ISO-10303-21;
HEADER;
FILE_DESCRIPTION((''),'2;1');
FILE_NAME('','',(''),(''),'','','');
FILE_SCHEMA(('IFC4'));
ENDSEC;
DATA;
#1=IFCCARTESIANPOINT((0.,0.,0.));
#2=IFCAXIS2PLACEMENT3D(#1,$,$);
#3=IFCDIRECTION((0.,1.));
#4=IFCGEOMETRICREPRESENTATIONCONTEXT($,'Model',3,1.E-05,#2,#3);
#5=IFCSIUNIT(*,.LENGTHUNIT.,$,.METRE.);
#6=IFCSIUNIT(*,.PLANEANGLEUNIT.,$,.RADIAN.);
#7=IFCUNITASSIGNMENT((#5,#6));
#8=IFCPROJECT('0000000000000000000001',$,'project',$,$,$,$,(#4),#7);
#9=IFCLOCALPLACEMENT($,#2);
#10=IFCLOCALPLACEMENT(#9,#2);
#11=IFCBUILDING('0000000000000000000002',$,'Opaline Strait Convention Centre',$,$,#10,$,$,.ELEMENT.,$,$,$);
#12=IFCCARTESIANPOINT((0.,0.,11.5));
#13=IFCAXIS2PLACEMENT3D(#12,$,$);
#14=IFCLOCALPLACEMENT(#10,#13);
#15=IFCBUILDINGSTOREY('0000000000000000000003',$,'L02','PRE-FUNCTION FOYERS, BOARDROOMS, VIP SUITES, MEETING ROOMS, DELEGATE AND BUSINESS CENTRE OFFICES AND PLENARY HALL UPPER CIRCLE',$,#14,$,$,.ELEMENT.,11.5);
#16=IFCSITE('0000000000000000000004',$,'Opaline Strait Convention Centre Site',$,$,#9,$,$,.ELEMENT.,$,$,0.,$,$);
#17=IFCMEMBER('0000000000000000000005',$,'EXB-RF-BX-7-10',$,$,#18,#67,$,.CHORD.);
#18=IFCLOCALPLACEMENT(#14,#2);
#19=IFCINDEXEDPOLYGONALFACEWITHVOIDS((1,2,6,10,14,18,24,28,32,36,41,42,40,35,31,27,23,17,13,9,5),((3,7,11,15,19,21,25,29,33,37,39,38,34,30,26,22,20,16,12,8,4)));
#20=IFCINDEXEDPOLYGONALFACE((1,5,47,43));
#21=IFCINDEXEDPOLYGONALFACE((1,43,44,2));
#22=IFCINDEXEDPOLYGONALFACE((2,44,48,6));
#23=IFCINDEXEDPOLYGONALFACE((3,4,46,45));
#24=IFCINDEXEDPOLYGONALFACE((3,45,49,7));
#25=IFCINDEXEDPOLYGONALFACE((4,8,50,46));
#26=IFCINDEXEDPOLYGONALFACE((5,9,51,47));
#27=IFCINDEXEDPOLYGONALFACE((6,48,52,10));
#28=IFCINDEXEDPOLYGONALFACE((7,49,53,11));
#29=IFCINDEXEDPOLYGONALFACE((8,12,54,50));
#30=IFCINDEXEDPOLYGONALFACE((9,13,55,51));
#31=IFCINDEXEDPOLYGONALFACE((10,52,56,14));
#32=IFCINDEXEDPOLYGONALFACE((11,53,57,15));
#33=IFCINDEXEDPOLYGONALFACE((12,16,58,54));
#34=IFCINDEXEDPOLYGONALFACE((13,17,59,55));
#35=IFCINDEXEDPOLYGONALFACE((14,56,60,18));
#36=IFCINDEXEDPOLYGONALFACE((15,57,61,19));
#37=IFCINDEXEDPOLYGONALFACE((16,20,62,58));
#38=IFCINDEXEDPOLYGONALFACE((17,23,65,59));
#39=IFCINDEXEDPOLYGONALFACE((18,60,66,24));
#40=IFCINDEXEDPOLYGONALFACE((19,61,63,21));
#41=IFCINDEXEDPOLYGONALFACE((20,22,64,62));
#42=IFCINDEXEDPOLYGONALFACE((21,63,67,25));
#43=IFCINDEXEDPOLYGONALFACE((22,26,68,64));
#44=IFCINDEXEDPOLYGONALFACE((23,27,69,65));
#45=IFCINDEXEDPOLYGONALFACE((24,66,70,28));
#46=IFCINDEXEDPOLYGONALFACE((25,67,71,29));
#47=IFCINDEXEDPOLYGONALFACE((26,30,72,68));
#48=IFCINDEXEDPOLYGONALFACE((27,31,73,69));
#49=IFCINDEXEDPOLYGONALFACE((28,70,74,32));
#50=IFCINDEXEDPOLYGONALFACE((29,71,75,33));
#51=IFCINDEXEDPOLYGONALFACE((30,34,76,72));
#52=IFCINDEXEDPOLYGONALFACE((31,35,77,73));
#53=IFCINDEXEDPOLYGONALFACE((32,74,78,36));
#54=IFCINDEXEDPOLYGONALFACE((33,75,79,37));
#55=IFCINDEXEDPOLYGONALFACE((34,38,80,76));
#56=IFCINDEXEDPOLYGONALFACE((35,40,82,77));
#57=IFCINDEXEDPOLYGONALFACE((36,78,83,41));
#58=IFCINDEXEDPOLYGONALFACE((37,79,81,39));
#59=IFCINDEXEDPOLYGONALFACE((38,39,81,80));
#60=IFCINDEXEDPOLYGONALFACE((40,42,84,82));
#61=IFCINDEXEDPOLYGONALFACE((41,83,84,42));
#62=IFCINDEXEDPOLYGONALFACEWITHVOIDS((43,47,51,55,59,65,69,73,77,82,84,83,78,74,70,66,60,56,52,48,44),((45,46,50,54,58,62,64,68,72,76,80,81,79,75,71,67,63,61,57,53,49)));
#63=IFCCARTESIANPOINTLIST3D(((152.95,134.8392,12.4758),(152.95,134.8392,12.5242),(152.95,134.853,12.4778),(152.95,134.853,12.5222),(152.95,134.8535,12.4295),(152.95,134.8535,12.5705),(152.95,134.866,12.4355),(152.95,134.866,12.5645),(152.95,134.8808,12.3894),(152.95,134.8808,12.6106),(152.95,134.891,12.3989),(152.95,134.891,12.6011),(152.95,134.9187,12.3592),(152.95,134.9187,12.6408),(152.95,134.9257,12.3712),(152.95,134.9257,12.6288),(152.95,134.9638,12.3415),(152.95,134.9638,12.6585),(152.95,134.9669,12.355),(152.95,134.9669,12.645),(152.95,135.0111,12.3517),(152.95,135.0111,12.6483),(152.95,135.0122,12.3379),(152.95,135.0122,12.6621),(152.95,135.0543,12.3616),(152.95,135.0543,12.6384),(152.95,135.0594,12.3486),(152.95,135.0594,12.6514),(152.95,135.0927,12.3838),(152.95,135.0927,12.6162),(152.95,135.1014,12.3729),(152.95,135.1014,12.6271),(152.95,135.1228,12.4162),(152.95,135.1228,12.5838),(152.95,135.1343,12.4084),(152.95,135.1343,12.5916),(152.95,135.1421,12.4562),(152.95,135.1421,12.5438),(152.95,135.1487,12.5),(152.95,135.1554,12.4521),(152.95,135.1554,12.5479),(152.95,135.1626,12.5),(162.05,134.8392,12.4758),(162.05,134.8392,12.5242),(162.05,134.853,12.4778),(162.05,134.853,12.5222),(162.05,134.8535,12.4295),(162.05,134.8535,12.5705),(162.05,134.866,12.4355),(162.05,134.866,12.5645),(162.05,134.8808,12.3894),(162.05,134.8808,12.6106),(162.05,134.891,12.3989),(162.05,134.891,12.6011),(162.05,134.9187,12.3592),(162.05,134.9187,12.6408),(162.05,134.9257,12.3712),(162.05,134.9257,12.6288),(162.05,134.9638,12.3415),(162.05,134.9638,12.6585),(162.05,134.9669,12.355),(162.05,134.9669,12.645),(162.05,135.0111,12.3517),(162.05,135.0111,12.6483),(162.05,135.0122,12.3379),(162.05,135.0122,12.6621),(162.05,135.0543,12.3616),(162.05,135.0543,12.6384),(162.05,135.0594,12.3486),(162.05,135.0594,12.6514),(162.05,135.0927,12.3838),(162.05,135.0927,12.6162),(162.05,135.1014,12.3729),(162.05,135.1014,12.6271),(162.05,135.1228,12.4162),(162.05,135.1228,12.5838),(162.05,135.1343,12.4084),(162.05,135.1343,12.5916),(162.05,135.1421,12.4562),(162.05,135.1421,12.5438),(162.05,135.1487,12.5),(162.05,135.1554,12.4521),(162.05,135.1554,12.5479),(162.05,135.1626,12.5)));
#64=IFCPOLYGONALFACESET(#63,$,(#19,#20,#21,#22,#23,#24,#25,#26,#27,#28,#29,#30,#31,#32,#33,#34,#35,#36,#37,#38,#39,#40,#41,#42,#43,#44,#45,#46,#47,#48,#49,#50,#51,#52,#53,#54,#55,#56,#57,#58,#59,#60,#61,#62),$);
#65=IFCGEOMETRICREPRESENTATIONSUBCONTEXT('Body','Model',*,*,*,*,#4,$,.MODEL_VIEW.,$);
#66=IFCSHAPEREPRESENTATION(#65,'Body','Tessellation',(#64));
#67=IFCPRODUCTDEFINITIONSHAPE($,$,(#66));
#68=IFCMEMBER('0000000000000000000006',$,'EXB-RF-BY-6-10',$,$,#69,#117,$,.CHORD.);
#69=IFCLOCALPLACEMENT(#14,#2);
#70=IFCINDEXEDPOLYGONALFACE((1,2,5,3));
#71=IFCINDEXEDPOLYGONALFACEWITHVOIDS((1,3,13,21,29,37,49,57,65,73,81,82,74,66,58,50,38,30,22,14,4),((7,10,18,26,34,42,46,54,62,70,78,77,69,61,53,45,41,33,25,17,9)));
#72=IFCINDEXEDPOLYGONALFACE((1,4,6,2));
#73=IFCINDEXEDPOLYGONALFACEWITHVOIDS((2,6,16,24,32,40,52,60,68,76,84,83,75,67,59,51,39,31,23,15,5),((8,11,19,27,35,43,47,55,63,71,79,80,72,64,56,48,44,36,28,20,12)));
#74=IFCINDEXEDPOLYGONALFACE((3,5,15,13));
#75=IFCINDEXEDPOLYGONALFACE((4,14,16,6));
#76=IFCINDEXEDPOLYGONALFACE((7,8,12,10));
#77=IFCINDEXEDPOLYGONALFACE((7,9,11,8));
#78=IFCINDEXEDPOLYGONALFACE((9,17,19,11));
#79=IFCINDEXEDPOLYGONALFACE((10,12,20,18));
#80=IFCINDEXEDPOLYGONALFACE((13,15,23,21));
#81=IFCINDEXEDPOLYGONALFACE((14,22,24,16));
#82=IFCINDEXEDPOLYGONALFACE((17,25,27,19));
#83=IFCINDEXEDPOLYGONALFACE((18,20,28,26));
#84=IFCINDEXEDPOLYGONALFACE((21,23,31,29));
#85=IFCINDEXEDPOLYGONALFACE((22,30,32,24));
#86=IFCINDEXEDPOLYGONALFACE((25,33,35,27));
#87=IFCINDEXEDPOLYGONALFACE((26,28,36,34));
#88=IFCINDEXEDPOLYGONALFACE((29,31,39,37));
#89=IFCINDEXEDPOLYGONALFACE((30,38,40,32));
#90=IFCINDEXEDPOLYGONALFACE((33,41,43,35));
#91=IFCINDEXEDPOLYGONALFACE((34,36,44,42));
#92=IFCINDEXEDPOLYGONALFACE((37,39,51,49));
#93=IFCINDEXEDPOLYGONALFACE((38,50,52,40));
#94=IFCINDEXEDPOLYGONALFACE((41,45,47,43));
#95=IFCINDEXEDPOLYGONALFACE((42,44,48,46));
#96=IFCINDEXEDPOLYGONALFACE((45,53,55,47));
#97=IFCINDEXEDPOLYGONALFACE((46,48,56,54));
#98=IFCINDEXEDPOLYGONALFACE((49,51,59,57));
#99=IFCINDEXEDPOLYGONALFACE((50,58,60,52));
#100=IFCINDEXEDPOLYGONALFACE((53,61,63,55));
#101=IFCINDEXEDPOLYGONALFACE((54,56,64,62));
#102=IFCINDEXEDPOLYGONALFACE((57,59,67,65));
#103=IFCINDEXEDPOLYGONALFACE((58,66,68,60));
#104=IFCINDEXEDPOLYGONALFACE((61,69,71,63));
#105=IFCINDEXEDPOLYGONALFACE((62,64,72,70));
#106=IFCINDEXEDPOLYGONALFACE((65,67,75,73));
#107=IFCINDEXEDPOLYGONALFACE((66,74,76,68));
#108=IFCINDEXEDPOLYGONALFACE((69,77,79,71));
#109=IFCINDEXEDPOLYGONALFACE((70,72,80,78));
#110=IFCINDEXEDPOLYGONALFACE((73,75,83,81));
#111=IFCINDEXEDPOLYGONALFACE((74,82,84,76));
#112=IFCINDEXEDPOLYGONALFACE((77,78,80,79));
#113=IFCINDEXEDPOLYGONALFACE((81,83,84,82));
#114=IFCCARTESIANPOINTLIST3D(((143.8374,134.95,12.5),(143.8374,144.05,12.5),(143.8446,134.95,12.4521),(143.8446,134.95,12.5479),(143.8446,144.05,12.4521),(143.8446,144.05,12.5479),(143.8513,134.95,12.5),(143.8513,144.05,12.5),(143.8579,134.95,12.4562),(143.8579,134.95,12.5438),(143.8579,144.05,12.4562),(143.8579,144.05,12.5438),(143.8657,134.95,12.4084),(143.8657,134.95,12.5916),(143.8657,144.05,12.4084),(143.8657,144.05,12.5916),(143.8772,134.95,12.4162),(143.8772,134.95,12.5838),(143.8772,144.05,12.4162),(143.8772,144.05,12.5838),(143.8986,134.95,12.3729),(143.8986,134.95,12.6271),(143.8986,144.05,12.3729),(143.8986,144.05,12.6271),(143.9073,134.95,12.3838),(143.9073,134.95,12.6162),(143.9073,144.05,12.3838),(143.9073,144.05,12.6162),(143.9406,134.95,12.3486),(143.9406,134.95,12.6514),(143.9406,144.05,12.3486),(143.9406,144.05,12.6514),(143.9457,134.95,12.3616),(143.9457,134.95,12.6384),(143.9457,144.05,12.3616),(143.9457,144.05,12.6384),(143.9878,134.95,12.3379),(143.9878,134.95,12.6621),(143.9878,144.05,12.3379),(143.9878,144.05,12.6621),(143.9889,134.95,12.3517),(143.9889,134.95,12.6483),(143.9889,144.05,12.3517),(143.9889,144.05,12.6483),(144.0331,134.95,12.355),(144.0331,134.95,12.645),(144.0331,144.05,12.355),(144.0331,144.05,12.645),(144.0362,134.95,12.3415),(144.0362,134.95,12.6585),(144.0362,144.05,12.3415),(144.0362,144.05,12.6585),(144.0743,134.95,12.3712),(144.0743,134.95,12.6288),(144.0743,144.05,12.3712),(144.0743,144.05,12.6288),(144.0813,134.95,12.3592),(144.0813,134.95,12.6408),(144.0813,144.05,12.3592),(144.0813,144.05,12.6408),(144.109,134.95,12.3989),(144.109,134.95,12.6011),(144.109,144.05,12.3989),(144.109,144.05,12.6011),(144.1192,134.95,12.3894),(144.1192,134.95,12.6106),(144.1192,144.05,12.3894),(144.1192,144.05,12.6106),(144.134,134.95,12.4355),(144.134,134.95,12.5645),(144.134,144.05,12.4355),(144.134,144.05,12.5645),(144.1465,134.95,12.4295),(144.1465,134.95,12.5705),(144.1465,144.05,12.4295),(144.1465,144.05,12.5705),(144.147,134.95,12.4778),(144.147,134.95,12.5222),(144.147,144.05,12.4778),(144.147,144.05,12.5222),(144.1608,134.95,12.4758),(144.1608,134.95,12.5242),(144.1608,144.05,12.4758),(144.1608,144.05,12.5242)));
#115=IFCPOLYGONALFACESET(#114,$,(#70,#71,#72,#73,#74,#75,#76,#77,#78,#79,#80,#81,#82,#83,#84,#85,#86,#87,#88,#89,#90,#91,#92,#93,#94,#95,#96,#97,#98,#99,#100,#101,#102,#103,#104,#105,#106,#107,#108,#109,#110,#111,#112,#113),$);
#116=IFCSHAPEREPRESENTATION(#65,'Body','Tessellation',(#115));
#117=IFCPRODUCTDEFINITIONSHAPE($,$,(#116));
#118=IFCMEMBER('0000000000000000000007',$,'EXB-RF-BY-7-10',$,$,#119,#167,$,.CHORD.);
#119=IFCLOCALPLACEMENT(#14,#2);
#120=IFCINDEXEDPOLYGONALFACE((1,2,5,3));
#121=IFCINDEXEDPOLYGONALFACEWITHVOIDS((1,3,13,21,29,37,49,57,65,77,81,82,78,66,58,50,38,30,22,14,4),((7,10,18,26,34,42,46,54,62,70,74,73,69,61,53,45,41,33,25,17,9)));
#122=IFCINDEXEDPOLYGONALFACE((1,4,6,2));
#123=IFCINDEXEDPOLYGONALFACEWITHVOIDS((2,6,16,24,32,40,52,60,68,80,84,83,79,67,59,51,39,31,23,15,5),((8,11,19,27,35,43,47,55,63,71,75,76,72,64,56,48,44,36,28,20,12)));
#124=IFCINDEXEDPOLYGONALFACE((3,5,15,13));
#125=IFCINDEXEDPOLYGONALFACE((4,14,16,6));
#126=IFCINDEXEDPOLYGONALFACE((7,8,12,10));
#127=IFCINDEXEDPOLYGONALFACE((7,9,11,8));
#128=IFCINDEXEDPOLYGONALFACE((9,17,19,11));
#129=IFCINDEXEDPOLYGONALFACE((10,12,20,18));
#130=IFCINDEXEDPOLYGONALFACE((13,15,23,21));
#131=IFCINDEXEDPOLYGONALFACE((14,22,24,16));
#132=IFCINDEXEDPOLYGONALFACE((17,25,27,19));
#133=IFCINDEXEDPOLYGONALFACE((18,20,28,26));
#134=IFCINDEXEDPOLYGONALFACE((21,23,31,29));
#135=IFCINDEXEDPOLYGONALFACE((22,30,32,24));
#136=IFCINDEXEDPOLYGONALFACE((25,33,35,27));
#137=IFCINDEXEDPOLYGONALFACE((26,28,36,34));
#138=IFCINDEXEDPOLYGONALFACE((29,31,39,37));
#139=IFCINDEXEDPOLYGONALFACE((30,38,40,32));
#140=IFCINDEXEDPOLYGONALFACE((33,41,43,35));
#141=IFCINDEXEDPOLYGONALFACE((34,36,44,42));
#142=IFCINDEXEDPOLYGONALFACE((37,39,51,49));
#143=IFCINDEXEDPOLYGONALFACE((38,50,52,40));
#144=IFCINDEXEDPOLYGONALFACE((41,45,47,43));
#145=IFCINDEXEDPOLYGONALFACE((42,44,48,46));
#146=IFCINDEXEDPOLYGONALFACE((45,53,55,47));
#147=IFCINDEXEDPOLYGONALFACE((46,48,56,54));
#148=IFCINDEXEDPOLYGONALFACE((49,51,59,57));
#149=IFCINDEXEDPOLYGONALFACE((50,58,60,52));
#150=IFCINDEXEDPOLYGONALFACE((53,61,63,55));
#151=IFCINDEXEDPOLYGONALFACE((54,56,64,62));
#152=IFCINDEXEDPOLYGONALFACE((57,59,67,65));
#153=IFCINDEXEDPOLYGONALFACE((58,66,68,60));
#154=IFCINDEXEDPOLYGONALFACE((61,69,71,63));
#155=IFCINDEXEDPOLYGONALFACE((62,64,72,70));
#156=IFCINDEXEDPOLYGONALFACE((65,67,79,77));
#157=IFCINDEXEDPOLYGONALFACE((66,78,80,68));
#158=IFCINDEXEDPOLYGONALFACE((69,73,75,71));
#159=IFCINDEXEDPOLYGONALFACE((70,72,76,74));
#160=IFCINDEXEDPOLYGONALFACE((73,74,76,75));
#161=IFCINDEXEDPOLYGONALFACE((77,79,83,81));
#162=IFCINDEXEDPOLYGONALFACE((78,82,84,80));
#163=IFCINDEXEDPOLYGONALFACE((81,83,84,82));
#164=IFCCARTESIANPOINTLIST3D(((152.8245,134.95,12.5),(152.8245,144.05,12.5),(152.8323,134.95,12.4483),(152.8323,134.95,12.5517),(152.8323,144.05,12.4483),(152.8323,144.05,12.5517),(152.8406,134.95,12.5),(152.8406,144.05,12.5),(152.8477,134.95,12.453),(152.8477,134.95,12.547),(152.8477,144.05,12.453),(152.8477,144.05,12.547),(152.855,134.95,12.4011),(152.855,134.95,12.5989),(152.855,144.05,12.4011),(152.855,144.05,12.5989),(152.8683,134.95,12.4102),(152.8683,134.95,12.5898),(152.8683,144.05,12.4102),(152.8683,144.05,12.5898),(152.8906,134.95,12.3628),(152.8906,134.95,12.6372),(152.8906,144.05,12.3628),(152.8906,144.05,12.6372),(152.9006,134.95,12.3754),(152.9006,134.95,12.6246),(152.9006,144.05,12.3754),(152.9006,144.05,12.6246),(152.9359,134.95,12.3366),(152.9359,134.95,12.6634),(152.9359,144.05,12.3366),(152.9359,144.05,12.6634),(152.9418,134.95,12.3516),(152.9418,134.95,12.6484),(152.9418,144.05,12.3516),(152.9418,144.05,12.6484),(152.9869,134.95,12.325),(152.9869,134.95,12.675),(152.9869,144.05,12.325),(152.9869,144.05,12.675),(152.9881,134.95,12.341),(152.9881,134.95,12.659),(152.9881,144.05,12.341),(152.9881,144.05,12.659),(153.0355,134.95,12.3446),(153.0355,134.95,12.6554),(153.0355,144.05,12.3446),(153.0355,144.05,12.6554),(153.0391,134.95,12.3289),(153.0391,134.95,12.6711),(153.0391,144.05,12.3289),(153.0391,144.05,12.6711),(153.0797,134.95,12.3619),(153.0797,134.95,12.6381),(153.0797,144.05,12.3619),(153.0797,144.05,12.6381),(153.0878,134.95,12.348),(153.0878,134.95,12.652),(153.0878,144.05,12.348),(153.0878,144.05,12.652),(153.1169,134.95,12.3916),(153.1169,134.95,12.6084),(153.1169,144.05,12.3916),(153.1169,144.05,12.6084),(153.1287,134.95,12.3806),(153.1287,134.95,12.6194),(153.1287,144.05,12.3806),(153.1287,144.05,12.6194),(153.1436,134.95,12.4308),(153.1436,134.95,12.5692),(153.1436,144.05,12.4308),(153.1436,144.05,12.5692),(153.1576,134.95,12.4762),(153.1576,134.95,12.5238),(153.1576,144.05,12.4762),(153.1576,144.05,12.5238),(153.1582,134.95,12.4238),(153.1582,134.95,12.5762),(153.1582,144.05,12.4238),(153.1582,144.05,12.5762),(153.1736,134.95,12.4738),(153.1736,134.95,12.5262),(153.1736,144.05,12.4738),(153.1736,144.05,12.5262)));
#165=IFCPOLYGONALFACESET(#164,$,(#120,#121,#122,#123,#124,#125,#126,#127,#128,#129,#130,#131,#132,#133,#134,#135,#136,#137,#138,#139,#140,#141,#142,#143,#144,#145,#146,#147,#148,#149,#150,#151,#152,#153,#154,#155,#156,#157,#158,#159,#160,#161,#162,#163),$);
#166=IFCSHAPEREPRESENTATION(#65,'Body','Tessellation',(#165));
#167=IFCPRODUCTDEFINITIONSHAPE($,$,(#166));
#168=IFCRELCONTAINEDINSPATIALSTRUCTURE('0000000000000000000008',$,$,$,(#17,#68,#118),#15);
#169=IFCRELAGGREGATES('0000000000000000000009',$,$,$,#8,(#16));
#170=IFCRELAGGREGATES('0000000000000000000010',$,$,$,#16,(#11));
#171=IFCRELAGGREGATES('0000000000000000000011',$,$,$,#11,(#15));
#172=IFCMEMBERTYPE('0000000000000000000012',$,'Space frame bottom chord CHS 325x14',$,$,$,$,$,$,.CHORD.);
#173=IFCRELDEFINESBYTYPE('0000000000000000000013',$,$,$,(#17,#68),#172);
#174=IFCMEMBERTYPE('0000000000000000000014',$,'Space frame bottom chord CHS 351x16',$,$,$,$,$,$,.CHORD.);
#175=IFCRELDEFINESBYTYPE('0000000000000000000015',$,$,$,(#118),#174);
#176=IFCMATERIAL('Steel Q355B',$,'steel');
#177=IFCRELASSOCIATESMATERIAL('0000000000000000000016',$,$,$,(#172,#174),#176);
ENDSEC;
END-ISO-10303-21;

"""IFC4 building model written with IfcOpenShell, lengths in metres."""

from ifc_helpers import new_model, si_unit, direction, frame, origin, origin_2d, place, context, subcontext, project, spatial, hollow_circle, extrude, material, material_profile, profile_set, type_object, element, save


model = new_model("IFC4")

# Units and contexts
model_context = context("Model", 3, precision=1e-05, world=origin(), true_north=direction((0.0, 1.0)))
body_context = subcontext(model_context, "Body", "Model", "MODEL_VIEW")
ifc_project = project(units=[si_unit("LENGTHUNIT", "METRE"), si_unit("PLANEANGLEUNIT", "RADIAN")], contexts=[model_context])

# Site, building, storey
site_placement = place(None, origin())
site = spatial("IfcSite", under=ifc_project, at=site_placement, Name="Opaline Strait Convention Centre Site", CompositionType="ELEMENT", RefElevation=0.0)
building_placement = place(site_placement, origin())
building = spatial("IfcBuilding", under=site, at=building_placement, Name="Opaline Strait Convention Centre", CompositionType="ELEMENT")
storey_placement = place(building_placement, frame((0.0, 0.0, 11.5)))
storey = spatial("IfcBuildingStorey", under=building, at=storey_placement, Name="L02", Description="PRE-FUNCTION FOYERS, BOARDROOMS, VIP SUITES, MEETING ROOMS, DELEGATE AND BUSINESS CENTRE OFFICES AND PLENARY HALL UPPER CIRCLE", CompositionType="ELEMENT", Elevation=11.5)

# Members
ifc_material_1 = material(Name="Steel Q355B", Category="steel")
ifc_material_profile_1 = material_profile(ifc_material_1, hollow_circle(Radius=0.1626, WallThickness=0.0139, at=origin_2d()), Name="CHS 325x14")
ifc_profile_set_1 = profile_set([ifc_material_profile_1], Name="Steel Q355B")
member_type_1 = type_object("IfcMemberType", Name="Space frame bottom chord CHS 325x14", PredefinedType="CHORD", material=ifc_profile_set_1)
for number, where, z_axis, x_axis, name in (
    (1, (152.95, 135.0, 12.5), (1.0, 0.0, 0.0), (0.0, 1.0, 0.0), "EXB-RF-BX-7-10"),
    (2, (144.0, 134.95, 12.5), (0.0, 1.0, 0.0), (-1.0, 0.0, 0.0), "EXB-RF-BY-6-10"),
):
    element("IfcMember", number, at=place(storey_placement, frame(where, z_axis=z_axis, x_axis=x_axis)), inside=storey, type_object=member_type_1, Name=name, PredefinedType="CHORD", context=body_context, shape_type="SweptSolid", body=[
        extrude(hollow_circle(Radius=0.1626, WallThickness=0.0139, at=origin_2d()), origin(), (0.0, 0.0, 1.0), 9.1001),
    ])
ifc_material_profile_2 = material_profile(ifc_material_1, hollow_circle(Radius=0.1755, WallThickness=0.0161, at=origin_2d()), Name="CHS 351x16")
ifc_profile_set_2 = profile_set([ifc_material_profile_2], Name="Steel Q355B")
member_type_2 = type_object("IfcMemberType", Name="Space frame bottom chord CHS 351x16", PredefinedType="CHORD", material=ifc_profile_set_2)
member_1_placement = place(storey_placement, frame((153.0, 134.95, 12.5), z_axis=(0.0, 1.0, 0.0), x_axis=(-1.0, 0.0, 0.0)))
element("IfcMember", 3, at=member_1_placement, inside=storey, type_object=member_type_2, Name="EXB-RF-BY-7-10", PredefinedType="CHORD", context=body_context, shape_type="SweptSolid", body=[
    extrude(hollow_circle(Radius=0.1755, WallThickness=0.0161, at=origin_2d()), origin(), (0.0, 0.0, 1.0), 9.1001),
])

save(model, "model.ifc")
